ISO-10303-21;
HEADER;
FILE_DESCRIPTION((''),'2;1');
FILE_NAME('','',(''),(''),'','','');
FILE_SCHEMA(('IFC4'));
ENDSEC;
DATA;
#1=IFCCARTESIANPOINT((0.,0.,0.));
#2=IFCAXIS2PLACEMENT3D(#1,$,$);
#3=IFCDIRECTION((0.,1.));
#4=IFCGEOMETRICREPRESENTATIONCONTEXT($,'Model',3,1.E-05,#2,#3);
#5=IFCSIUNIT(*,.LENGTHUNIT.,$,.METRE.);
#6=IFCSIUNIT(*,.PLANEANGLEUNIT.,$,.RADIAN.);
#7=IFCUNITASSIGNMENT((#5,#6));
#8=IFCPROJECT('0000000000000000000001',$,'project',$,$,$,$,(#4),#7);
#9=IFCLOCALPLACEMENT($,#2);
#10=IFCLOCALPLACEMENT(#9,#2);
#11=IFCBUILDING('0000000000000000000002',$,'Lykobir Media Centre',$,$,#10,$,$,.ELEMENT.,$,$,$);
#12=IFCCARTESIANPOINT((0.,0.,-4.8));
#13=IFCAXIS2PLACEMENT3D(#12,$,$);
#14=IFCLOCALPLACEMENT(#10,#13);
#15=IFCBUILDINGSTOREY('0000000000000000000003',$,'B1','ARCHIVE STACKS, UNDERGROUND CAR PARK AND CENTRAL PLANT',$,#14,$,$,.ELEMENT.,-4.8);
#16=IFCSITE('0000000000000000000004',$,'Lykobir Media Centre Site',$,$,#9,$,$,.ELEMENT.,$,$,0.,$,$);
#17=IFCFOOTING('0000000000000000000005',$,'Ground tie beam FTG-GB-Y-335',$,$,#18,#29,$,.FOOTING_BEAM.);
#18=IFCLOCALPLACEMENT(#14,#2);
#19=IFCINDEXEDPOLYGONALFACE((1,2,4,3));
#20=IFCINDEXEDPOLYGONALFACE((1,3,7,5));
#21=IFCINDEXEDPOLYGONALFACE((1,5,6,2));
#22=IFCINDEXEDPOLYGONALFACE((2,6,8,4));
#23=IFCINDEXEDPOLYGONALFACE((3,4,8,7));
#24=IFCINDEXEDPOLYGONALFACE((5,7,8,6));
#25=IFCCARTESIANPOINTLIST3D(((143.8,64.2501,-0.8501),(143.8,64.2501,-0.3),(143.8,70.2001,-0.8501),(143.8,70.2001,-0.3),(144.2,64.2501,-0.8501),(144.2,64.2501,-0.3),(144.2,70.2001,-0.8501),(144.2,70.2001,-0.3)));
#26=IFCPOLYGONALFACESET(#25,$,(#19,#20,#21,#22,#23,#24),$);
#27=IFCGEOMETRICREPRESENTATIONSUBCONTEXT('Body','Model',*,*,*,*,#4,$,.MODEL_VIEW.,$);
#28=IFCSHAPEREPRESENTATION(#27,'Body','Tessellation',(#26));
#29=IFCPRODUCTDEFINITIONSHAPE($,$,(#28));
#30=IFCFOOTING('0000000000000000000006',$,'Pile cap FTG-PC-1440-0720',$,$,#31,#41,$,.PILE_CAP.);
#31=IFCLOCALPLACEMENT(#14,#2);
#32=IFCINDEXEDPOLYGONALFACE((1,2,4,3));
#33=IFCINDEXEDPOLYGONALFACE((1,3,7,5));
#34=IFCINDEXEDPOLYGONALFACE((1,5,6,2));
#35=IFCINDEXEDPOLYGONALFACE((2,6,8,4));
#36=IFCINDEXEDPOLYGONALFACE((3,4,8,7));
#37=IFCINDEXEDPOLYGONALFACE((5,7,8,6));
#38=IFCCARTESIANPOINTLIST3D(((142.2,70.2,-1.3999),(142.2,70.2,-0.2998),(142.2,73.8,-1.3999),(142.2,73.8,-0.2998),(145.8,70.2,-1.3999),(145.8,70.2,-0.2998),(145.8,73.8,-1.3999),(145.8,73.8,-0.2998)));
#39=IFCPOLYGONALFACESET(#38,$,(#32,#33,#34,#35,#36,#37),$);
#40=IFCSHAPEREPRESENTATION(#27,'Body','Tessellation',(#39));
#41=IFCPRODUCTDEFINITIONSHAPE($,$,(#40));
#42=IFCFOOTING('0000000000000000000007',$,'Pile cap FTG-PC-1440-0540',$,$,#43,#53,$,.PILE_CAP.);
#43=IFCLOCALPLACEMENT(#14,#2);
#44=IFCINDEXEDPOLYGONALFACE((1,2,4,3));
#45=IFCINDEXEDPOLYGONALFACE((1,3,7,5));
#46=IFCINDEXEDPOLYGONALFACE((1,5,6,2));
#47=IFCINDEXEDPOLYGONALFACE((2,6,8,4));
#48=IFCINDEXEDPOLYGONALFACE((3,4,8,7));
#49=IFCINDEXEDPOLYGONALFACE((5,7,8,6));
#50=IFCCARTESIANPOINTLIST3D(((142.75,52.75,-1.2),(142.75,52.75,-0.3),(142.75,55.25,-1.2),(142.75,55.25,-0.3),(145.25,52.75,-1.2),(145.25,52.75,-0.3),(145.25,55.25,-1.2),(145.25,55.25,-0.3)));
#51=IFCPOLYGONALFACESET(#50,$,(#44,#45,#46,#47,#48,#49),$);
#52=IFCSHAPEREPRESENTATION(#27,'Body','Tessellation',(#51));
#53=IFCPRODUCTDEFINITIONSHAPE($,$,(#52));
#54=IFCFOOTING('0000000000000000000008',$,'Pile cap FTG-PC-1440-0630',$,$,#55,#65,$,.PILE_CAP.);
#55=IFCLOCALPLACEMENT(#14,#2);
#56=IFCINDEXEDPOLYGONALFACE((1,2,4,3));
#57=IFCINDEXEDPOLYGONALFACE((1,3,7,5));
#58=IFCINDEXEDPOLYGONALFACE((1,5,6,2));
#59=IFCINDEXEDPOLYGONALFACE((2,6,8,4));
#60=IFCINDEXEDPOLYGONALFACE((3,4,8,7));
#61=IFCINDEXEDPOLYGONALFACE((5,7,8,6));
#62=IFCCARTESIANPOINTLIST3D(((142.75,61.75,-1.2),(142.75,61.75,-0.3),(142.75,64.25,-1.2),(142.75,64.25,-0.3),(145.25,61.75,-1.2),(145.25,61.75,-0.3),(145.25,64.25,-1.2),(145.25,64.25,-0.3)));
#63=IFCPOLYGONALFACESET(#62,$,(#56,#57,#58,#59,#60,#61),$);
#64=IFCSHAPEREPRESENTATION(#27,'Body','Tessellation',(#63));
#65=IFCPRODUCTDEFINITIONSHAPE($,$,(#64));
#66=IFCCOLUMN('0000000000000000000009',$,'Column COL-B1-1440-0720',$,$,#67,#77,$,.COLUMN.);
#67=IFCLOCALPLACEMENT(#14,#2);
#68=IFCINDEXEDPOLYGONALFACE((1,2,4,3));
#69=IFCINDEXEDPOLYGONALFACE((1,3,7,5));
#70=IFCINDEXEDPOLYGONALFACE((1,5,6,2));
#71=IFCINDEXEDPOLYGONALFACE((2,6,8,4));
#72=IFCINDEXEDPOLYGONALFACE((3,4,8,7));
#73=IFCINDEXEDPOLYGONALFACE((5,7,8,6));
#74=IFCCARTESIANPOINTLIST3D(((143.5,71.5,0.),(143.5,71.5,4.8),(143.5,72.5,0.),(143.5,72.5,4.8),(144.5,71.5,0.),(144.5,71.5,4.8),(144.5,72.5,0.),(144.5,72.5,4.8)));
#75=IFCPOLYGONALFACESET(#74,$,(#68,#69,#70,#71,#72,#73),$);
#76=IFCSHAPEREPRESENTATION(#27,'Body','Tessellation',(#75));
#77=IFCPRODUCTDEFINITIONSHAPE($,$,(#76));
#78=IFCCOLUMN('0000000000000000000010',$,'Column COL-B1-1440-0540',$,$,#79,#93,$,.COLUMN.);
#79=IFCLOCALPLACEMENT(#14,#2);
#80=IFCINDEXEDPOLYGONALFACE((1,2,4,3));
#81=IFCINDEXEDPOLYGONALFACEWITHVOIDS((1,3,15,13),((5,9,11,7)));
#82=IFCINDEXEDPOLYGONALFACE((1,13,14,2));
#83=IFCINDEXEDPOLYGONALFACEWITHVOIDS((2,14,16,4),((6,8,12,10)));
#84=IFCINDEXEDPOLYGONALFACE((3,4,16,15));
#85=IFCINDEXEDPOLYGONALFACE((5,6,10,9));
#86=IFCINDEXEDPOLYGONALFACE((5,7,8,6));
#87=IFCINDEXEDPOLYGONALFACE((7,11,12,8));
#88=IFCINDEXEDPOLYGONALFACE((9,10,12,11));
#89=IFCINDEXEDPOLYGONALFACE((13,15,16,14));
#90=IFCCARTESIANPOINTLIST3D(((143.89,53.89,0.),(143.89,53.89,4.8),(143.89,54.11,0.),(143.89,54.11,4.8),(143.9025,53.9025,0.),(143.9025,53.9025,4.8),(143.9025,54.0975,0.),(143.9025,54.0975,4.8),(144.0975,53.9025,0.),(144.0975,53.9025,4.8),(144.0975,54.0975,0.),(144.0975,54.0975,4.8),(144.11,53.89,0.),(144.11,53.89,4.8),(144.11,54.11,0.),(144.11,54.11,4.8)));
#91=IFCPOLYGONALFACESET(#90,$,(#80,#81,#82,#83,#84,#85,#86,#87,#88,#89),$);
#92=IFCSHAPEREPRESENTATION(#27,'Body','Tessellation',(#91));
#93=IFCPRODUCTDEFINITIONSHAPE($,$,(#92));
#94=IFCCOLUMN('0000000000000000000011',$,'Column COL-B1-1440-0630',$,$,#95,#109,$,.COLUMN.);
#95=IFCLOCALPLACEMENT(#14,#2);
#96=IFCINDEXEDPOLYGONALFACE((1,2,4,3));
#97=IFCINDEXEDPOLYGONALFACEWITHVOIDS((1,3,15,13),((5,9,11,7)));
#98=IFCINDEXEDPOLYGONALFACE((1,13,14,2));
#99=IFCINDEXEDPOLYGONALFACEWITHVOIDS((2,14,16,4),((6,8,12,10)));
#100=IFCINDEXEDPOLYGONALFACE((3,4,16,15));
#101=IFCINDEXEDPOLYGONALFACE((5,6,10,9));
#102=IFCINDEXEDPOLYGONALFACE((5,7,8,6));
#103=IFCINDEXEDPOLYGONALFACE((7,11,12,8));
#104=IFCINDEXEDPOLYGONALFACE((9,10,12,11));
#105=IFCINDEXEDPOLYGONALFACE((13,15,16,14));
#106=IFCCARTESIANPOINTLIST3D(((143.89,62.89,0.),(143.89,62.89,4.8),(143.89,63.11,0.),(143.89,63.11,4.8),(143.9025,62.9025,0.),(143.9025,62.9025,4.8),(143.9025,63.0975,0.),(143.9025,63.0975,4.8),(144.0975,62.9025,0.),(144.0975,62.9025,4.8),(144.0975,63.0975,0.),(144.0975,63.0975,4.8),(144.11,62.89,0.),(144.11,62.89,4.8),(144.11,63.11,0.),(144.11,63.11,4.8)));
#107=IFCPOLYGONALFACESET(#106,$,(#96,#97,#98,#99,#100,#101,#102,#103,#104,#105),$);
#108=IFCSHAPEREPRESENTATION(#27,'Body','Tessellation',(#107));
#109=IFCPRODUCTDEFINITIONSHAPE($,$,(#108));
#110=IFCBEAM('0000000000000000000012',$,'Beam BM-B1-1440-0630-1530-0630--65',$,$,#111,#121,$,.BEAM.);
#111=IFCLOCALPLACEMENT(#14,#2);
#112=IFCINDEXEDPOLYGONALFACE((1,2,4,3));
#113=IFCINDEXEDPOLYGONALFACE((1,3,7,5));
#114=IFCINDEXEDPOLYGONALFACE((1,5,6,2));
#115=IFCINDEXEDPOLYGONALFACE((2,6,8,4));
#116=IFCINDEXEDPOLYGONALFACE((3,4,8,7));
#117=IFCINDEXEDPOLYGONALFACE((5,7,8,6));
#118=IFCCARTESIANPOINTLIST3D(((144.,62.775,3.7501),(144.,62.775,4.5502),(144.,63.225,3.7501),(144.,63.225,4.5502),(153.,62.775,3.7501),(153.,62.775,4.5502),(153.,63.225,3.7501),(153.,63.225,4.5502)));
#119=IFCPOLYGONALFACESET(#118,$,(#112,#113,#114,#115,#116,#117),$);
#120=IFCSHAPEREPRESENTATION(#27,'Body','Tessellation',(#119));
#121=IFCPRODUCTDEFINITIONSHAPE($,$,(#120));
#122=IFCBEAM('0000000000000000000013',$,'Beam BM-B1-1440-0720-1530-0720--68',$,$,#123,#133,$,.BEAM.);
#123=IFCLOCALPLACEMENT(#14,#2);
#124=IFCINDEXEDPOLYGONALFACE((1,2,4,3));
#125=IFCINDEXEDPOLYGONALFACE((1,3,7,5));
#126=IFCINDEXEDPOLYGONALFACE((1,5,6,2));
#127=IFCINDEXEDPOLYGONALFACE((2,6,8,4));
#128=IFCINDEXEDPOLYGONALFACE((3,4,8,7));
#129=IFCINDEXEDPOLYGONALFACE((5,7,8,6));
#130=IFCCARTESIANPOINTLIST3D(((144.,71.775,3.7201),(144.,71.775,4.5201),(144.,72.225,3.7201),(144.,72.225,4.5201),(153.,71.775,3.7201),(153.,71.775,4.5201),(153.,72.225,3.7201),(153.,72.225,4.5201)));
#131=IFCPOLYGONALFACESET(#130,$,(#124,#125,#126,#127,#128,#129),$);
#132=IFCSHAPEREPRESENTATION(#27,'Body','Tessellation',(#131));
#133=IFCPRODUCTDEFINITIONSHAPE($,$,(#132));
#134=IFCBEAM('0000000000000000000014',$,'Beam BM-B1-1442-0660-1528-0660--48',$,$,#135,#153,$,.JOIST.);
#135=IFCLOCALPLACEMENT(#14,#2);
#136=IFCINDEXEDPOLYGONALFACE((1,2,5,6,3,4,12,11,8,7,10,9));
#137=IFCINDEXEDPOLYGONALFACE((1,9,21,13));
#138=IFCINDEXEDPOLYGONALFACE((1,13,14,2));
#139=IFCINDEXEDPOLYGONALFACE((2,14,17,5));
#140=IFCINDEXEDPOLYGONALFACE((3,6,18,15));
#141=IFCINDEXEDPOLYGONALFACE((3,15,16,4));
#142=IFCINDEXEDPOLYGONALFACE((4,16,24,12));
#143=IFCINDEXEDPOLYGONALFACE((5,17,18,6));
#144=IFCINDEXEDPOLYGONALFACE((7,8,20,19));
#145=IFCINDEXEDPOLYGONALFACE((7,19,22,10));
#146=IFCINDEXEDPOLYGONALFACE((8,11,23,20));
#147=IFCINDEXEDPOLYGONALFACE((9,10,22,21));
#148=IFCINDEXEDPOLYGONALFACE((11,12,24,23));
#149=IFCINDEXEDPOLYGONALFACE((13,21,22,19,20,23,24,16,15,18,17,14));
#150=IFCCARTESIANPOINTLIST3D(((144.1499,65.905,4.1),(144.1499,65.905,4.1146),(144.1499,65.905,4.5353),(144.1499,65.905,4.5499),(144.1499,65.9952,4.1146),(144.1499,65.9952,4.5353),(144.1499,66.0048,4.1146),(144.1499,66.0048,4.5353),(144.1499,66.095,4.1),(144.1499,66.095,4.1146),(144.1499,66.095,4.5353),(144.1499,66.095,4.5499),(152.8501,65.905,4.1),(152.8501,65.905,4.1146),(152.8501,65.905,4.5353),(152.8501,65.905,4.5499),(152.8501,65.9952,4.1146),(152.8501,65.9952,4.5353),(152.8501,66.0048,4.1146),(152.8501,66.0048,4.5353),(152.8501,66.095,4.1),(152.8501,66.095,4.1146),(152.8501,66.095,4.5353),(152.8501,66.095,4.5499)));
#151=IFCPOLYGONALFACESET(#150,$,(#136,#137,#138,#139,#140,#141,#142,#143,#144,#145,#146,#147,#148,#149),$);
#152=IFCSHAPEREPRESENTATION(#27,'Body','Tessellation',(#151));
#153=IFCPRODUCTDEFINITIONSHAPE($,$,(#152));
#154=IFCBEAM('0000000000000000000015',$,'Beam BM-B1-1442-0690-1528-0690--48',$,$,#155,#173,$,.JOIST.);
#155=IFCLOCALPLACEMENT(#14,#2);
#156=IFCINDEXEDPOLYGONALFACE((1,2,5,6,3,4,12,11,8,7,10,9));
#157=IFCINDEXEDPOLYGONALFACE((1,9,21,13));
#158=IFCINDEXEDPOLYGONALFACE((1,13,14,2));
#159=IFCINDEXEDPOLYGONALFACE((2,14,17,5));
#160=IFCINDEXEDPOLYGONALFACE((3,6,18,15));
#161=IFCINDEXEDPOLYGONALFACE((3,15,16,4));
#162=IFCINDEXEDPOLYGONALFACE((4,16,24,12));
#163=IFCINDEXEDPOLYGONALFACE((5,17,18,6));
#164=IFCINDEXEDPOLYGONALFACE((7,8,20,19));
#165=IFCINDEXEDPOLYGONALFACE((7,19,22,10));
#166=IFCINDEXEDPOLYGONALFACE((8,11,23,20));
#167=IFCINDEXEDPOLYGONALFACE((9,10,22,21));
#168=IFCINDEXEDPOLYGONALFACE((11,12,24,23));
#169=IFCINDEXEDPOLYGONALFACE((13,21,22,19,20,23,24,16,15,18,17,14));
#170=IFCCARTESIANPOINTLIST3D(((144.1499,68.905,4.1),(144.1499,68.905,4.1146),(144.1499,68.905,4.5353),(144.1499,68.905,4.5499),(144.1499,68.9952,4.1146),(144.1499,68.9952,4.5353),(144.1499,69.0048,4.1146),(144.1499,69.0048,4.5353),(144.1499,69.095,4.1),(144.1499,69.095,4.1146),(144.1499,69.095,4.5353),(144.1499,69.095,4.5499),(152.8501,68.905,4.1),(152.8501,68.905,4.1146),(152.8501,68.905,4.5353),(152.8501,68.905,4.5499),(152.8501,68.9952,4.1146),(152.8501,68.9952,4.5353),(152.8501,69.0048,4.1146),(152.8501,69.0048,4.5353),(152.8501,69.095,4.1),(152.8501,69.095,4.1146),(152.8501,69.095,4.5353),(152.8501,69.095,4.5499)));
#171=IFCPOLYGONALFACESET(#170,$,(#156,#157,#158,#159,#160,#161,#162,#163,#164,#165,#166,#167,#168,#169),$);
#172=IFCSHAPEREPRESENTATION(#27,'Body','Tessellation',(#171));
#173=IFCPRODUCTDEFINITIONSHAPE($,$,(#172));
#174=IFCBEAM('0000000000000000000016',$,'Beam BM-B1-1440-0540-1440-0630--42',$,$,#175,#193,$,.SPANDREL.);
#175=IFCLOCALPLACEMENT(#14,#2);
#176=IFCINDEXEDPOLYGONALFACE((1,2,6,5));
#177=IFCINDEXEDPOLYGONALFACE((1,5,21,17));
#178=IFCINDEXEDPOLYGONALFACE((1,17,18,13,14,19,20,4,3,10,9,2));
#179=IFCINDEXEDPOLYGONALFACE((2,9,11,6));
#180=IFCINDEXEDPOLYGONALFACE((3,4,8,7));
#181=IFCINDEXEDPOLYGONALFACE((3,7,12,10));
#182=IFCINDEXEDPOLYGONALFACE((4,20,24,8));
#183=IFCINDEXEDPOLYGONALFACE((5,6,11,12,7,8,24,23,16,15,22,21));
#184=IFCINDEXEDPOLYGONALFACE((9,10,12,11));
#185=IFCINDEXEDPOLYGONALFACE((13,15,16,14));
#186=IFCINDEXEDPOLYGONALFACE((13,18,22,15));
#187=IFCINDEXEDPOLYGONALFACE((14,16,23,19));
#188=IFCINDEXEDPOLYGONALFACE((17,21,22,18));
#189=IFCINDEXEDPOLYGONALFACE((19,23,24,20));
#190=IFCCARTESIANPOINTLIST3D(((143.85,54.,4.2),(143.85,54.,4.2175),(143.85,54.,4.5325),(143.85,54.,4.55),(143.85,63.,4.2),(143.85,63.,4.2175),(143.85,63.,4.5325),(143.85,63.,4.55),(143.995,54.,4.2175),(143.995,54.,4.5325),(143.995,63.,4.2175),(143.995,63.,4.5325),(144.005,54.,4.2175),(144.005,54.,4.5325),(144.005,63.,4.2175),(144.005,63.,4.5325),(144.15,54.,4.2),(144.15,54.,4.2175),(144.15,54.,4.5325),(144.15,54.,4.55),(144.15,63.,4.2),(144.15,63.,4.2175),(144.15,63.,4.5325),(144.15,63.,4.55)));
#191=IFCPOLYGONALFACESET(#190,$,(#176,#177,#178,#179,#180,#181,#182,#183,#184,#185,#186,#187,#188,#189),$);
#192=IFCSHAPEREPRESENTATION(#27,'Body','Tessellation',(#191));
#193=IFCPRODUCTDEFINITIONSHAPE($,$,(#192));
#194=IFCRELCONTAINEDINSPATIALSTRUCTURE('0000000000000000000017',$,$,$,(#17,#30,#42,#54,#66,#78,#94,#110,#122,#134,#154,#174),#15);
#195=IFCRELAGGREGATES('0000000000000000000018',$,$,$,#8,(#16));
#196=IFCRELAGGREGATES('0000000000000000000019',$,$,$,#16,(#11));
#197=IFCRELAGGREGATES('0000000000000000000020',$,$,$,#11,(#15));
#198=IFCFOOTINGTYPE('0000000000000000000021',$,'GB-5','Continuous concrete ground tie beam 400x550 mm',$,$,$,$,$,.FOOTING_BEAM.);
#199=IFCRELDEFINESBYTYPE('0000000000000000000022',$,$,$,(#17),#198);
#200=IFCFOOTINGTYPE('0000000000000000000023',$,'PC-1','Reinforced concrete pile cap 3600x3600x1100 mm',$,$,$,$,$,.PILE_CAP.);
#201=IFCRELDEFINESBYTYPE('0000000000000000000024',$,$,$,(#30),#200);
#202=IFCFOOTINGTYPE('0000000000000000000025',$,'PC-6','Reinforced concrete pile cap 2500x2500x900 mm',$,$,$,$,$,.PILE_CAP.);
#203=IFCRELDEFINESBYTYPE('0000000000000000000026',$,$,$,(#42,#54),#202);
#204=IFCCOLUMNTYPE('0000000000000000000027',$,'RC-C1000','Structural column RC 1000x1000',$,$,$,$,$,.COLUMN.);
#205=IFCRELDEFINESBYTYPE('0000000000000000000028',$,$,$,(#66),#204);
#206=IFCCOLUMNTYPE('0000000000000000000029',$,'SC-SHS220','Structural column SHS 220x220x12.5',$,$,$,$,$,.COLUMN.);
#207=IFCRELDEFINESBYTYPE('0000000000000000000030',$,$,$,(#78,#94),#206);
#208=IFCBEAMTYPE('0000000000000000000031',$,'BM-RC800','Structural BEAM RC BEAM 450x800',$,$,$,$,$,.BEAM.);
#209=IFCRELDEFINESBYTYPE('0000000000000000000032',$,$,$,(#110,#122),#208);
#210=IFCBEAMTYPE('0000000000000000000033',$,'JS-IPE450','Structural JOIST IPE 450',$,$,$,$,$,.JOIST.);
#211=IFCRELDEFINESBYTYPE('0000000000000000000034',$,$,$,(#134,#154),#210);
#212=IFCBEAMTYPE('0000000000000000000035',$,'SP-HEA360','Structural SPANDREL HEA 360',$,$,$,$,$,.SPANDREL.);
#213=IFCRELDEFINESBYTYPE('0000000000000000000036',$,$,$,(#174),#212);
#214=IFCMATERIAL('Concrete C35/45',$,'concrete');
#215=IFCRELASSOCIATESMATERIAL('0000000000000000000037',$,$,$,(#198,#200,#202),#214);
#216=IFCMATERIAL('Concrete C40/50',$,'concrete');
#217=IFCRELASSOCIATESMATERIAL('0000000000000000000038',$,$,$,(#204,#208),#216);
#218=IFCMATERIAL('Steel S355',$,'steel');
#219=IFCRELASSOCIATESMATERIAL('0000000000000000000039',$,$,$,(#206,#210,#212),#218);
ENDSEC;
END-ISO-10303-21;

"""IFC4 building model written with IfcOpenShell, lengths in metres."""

from ifc_helpers import new_model, si_unit, direction, frame, origin, origin_2d, place, context, subcontext, project, spatial, rectangle, hollow_rectangle, i_section, extrude, material, material_profile, profile_set, type_object, element, save


model = new_model("IFC4")

# Units and contexts
model_context = context("Model", 3, precision=1e-05, world=origin(), true_north=direction((0.0, 1.0)))
body_context = subcontext(model_context, "Body", "Model", "MODEL_VIEW")
ifc_project = project(units=[si_unit("LENGTHUNIT", "METRE"), si_unit("PLANEANGLEUNIT", "RADIAN")], contexts=[model_context])

# Site, building, storey
site_placement = place(None, origin())
site = spatial("IfcSite", under=ifc_project, at=site_placement, Name="Lykobir Media Centre Site", CompositionType="ELEMENT", RefElevation=0.0)
building_placement = place(site_placement, origin())
building = spatial("IfcBuilding", under=site, at=building_placement, Name="Lykobir Media Centre", CompositionType="ELEMENT")
storey_placement = place(building_placement, frame((0.0, 0.0, -4.8)))
storey = spatial("IfcBuildingStorey", under=building, at=storey_placement, Name="B1", Description="ARCHIVE STACKS, UNDERGROUND CAR PARK AND CENTRAL PLANT", CompositionType="ELEMENT", Elevation=-4.8)

# Footings
ifc_material_1 = material(Name="Concrete C35/45", Category="concrete")
footing_type_1 = type_object("IfcFootingType", Name="GB-5", Description="Continuous concrete ground tie beam 400x550 mm", PredefinedType="FOOTING_BEAM", material=ifc_material_1)
footing_1_placement = place(storey_placement, frame((144.0, 67.2251, -0.8501), z_axis=(0.0, 0.0, 1.0), x_axis=(0.0, 1.0, 0.0)))
element("IfcFooting", 1, at=footing_1_placement, inside=storey, type_object=footing_type_1, Name="Ground tie beam FTG-GB-Y-335", PredefinedType="FOOTING_BEAM", context=body_context, shape_type="SweptSolid", body=[
    extrude(rectangle(XDim=5.95, YDim=0.3999, at=origin_2d()), origin(), (0.0, 0.0, 1.0), 0.55),
])
footing_type_2 = type_object("IfcFootingType", Name="PC-1", Description="Reinforced concrete pile cap 3600x3600x1100 mm", PredefinedType="PILE_CAP", material=ifc_material_1)
footing_2_placement = place(storey_placement, frame((144.0, 72.0, -1.3999), z_axis=(0.0, 0.0, 1.0), x_axis=(1.0, 0.0, 0.0)))
element("IfcFooting", 2, at=footing_2_placement, inside=storey, type_object=footing_type_2, Name="Pile cap FTG-PC-1440-0720", PredefinedType="PILE_CAP", context=body_context, shape_type="SweptSolid", body=[
    extrude(rectangle(XDim=3.6001, YDim=3.6001, at=origin_2d()), origin(), (0.0, 0.0, 1.0), 1.1001),
])
footing_type_3 = type_object("IfcFootingType", Name="PC-6", Description="Reinforced concrete pile cap 2500x2500x900 mm", PredefinedType="PILE_CAP", material=ifc_material_1)
for number, where, z_axis, x_axis, name in (
    (3, (144.0, 54.0, -1.2), (0.0, 0.0, 1.0), (1.0, 0.0, 0.0), "Pile cap FTG-PC-1440-0540"),
    (4, (144.0, 63.0, -1.2), (0.0, 0.0, 1.0), (1.0, 0.0, 0.0), "Pile cap FTG-PC-1440-0630"),
):
    element("IfcFooting", number, at=place(storey_placement, frame(where, z_axis=z_axis, x_axis=x_axis)), inside=storey, type_object=footing_type_3, Name=name, PredefinedType="PILE_CAP", context=body_context, shape_type="SweptSolid", body=[
        extrude(rectangle(XDim=2.5, YDim=2.5, at=origin_2d()), origin(), (0.0, 0.0, 1.0), 0.8999),
    ])

# Columns
ifc_material_2 = material(Name="Concrete C40/50", Category="concrete")
ifc_material_profile_1 = material_profile(ifc_material_2, rectangle(XDim=1.0, YDim=1.0, at=origin_2d()), Name="RC 1000x1000")
ifc_profile_set_1 = profile_set([ifc_material_profile_1], Name="Concrete C40/50")
column_type_1 = type_object("IfcColumnType", Name="RC-C1000", Description="Structural column RC 1000x1000", PredefinedType="COLUMN", material=ifc_profile_set_1)
column_placement = place(storey_placement, frame((144.0, 72.0, 0.0), z_axis=(0.0, 0.0, 1.0), x_axis=(1.0, 0.0, 0.0)))
element("IfcColumn", 5, at=column_placement, inside=storey, type_object=column_type_1, Name="Column COL-B1-1440-0720", PredefinedType="COLUMN", context=body_context, shape_type="SweptSolid", body=[
    extrude(rectangle(XDim=1.0, YDim=1.0, at=origin_2d()), origin(), (0.0, 0.0, 1.0), 4.8),
])
ifc_material_3 = material(Name="Steel S355", Category="steel")
ifc_material_profile_2 = material_profile(ifc_material_3, hollow_rectangle(XDim=0.22, YDim=0.22, WallThickness=0.0125, at=origin_2d()), Name="SHS 220x220x12.5")
ifc_profile_set_2 = profile_set([ifc_material_profile_2], Name="Steel S355")
column_type_2 = type_object("IfcColumnType", Name="SC-SHS220", Description="Structural column SHS 220x220x12.5", PredefinedType="COLUMN", material=ifc_profile_set_2)
for number, where, z_axis, x_axis, name in (
    (6, (144.0, 54.0, 0.0), (0.0, 0.0, 1.0), (1.0, 0.0, 0.0), "Column COL-B1-1440-0540"),
    (7, (144.0, 63.0, 0.0), (0.0, 0.0, 1.0), (1.0, 0.0, 0.0), "Column COL-B1-1440-0630"),
):
    element("IfcColumn", number, at=place(storey_placement, frame(where, z_axis=z_axis, x_axis=x_axis)), inside=storey, type_object=column_type_2, Name=name, PredefinedType="COLUMN", context=body_context, shape_type="SweptSolid", body=[
        extrude(hollow_rectangle(XDim=0.22, YDim=0.22, WallThickness=0.0125, at=origin_2d()), origin(), (0.0, 0.0, 1.0), 4.8),
    ])

# Beams
ifc_material_profile_3 = material_profile(ifc_material_2, rectangle(XDim=0.45, YDim=0.8, at=origin_2d()), Name="RC BEAM 450x800")
ifc_profile_set_3 = profile_set([ifc_material_profile_3], Name="Concrete C40/50")
beam_type_1 = type_object("IfcBeamType", Name="BM-RC800", Description="Structural BEAM RC BEAM 450x800", PredefinedType="BEAM", material=ifc_profile_set_3)
for number, where, z_axis, x_axis, name in (
    (8, (144.0, 63.0, 4.1501), (1.0, 0.0, 0.0), (0.0, 1.0, 0.0), "Beam BM-B1-1440-0630-1530-0630--65"),
    (9, (144.0, 72.0, 4.1201), (1.0, 0.0, 0.0), (0.0, 1.0, 0.0), "Beam BM-B1-1440-0720-1530-0720--68"),
):
    element("IfcBeam", number, at=place(storey_placement, frame(where, z_axis=z_axis, x_axis=x_axis)), inside=storey, type_object=beam_type_1, Name=name, PredefinedType="BEAM", context=body_context, shape_type="SweptSolid", body=[
        extrude(rectangle(XDim=0.45, YDim=0.8, at=origin_2d()), origin(), (0.0, 0.0, 1.0), 9.0),
    ])
ifc_material_profile_4 = material_profile(ifc_material_3, i_section(OverallWidth=0.1899, OverallDepth=0.45, WebThickness=0.0095, FlangeThickness=0.0146, at=origin_2d()), Name="IPE 450")
ifc_profile_set_4 = profile_set([ifc_material_profile_4], Name="Steel S355")
beam_type_2 = type_object("IfcBeamType", Name="JS-IPE450", Description="Structural JOIST IPE 450", PredefinedType="JOIST", material=ifc_profile_set_4)
for number, where, z_axis, x_axis, name in (
    (10, (144.1499, 66.0, 4.325), (1.0, 0.0, 0.0), (0.0, 1.0, 0.0), "Beam BM-B1-1442-0660-1528-0660--48"),
    (11, (144.1499, 69.0, 4.325), (1.0, 0.0, 0.0), (0.0, 1.0, 0.0), "Beam BM-B1-1442-0690-1528-0690--48"),
):
    element("IfcBeam", number, at=place(storey_placement, frame(where, z_axis=z_axis, x_axis=x_axis)), inside=storey, type_object=beam_type_2, Name=name, PredefinedType="JOIST", context=body_context, shape_type="SweptSolid", body=[
        extrude(i_section(OverallWidth=0.1899, OverallDepth=0.45, WebThickness=0.0095, FlangeThickness=0.0146, at=origin_2d()), origin(), (0.0, 0.0, 1.0), 8.7002),
    ])
ifc_material_profile_5 = material_profile(ifc_material_3, i_section(OverallWidth=0.3, OverallDepth=0.3501, WebThickness=0.01, FlangeThickness=0.0176, at=origin_2d()), Name="HEA 360")
ifc_profile_set_5 = profile_set([ifc_material_profile_5], Name="Steel S355")
beam_type_3 = type_object("IfcBeamType", Name="SP-HEA360", Description="Structural SPANDREL HEA 360", PredefinedType="SPANDREL", material=ifc_profile_set_5)
for number, where, z_axis, x_axis, name in (
    (12, (144.0, 54.0, 4.375), (0.0, 1.0, 0.0), (-1.0, 0.0, 0.0), "Beam BM-B1-1440-0540-1440-0630--42"),
):
    element("IfcBeam", number, at=place(storey_placement, frame(where, z_axis=z_axis, x_axis=x_axis)), inside=storey, type_object=beam_type_3, Name=name, PredefinedType="SPANDREL", context=body_context, shape_type="SweptSolid", body=[
        extrude(i_section(OverallWidth=0.3, OverallDepth=0.3501, WebThickness=0.01, FlangeThickness=0.0176, at=origin_2d()), origin(), (0.0, 0.0, 1.0), 9.0),
    ])

save(model, "model.ifc")
